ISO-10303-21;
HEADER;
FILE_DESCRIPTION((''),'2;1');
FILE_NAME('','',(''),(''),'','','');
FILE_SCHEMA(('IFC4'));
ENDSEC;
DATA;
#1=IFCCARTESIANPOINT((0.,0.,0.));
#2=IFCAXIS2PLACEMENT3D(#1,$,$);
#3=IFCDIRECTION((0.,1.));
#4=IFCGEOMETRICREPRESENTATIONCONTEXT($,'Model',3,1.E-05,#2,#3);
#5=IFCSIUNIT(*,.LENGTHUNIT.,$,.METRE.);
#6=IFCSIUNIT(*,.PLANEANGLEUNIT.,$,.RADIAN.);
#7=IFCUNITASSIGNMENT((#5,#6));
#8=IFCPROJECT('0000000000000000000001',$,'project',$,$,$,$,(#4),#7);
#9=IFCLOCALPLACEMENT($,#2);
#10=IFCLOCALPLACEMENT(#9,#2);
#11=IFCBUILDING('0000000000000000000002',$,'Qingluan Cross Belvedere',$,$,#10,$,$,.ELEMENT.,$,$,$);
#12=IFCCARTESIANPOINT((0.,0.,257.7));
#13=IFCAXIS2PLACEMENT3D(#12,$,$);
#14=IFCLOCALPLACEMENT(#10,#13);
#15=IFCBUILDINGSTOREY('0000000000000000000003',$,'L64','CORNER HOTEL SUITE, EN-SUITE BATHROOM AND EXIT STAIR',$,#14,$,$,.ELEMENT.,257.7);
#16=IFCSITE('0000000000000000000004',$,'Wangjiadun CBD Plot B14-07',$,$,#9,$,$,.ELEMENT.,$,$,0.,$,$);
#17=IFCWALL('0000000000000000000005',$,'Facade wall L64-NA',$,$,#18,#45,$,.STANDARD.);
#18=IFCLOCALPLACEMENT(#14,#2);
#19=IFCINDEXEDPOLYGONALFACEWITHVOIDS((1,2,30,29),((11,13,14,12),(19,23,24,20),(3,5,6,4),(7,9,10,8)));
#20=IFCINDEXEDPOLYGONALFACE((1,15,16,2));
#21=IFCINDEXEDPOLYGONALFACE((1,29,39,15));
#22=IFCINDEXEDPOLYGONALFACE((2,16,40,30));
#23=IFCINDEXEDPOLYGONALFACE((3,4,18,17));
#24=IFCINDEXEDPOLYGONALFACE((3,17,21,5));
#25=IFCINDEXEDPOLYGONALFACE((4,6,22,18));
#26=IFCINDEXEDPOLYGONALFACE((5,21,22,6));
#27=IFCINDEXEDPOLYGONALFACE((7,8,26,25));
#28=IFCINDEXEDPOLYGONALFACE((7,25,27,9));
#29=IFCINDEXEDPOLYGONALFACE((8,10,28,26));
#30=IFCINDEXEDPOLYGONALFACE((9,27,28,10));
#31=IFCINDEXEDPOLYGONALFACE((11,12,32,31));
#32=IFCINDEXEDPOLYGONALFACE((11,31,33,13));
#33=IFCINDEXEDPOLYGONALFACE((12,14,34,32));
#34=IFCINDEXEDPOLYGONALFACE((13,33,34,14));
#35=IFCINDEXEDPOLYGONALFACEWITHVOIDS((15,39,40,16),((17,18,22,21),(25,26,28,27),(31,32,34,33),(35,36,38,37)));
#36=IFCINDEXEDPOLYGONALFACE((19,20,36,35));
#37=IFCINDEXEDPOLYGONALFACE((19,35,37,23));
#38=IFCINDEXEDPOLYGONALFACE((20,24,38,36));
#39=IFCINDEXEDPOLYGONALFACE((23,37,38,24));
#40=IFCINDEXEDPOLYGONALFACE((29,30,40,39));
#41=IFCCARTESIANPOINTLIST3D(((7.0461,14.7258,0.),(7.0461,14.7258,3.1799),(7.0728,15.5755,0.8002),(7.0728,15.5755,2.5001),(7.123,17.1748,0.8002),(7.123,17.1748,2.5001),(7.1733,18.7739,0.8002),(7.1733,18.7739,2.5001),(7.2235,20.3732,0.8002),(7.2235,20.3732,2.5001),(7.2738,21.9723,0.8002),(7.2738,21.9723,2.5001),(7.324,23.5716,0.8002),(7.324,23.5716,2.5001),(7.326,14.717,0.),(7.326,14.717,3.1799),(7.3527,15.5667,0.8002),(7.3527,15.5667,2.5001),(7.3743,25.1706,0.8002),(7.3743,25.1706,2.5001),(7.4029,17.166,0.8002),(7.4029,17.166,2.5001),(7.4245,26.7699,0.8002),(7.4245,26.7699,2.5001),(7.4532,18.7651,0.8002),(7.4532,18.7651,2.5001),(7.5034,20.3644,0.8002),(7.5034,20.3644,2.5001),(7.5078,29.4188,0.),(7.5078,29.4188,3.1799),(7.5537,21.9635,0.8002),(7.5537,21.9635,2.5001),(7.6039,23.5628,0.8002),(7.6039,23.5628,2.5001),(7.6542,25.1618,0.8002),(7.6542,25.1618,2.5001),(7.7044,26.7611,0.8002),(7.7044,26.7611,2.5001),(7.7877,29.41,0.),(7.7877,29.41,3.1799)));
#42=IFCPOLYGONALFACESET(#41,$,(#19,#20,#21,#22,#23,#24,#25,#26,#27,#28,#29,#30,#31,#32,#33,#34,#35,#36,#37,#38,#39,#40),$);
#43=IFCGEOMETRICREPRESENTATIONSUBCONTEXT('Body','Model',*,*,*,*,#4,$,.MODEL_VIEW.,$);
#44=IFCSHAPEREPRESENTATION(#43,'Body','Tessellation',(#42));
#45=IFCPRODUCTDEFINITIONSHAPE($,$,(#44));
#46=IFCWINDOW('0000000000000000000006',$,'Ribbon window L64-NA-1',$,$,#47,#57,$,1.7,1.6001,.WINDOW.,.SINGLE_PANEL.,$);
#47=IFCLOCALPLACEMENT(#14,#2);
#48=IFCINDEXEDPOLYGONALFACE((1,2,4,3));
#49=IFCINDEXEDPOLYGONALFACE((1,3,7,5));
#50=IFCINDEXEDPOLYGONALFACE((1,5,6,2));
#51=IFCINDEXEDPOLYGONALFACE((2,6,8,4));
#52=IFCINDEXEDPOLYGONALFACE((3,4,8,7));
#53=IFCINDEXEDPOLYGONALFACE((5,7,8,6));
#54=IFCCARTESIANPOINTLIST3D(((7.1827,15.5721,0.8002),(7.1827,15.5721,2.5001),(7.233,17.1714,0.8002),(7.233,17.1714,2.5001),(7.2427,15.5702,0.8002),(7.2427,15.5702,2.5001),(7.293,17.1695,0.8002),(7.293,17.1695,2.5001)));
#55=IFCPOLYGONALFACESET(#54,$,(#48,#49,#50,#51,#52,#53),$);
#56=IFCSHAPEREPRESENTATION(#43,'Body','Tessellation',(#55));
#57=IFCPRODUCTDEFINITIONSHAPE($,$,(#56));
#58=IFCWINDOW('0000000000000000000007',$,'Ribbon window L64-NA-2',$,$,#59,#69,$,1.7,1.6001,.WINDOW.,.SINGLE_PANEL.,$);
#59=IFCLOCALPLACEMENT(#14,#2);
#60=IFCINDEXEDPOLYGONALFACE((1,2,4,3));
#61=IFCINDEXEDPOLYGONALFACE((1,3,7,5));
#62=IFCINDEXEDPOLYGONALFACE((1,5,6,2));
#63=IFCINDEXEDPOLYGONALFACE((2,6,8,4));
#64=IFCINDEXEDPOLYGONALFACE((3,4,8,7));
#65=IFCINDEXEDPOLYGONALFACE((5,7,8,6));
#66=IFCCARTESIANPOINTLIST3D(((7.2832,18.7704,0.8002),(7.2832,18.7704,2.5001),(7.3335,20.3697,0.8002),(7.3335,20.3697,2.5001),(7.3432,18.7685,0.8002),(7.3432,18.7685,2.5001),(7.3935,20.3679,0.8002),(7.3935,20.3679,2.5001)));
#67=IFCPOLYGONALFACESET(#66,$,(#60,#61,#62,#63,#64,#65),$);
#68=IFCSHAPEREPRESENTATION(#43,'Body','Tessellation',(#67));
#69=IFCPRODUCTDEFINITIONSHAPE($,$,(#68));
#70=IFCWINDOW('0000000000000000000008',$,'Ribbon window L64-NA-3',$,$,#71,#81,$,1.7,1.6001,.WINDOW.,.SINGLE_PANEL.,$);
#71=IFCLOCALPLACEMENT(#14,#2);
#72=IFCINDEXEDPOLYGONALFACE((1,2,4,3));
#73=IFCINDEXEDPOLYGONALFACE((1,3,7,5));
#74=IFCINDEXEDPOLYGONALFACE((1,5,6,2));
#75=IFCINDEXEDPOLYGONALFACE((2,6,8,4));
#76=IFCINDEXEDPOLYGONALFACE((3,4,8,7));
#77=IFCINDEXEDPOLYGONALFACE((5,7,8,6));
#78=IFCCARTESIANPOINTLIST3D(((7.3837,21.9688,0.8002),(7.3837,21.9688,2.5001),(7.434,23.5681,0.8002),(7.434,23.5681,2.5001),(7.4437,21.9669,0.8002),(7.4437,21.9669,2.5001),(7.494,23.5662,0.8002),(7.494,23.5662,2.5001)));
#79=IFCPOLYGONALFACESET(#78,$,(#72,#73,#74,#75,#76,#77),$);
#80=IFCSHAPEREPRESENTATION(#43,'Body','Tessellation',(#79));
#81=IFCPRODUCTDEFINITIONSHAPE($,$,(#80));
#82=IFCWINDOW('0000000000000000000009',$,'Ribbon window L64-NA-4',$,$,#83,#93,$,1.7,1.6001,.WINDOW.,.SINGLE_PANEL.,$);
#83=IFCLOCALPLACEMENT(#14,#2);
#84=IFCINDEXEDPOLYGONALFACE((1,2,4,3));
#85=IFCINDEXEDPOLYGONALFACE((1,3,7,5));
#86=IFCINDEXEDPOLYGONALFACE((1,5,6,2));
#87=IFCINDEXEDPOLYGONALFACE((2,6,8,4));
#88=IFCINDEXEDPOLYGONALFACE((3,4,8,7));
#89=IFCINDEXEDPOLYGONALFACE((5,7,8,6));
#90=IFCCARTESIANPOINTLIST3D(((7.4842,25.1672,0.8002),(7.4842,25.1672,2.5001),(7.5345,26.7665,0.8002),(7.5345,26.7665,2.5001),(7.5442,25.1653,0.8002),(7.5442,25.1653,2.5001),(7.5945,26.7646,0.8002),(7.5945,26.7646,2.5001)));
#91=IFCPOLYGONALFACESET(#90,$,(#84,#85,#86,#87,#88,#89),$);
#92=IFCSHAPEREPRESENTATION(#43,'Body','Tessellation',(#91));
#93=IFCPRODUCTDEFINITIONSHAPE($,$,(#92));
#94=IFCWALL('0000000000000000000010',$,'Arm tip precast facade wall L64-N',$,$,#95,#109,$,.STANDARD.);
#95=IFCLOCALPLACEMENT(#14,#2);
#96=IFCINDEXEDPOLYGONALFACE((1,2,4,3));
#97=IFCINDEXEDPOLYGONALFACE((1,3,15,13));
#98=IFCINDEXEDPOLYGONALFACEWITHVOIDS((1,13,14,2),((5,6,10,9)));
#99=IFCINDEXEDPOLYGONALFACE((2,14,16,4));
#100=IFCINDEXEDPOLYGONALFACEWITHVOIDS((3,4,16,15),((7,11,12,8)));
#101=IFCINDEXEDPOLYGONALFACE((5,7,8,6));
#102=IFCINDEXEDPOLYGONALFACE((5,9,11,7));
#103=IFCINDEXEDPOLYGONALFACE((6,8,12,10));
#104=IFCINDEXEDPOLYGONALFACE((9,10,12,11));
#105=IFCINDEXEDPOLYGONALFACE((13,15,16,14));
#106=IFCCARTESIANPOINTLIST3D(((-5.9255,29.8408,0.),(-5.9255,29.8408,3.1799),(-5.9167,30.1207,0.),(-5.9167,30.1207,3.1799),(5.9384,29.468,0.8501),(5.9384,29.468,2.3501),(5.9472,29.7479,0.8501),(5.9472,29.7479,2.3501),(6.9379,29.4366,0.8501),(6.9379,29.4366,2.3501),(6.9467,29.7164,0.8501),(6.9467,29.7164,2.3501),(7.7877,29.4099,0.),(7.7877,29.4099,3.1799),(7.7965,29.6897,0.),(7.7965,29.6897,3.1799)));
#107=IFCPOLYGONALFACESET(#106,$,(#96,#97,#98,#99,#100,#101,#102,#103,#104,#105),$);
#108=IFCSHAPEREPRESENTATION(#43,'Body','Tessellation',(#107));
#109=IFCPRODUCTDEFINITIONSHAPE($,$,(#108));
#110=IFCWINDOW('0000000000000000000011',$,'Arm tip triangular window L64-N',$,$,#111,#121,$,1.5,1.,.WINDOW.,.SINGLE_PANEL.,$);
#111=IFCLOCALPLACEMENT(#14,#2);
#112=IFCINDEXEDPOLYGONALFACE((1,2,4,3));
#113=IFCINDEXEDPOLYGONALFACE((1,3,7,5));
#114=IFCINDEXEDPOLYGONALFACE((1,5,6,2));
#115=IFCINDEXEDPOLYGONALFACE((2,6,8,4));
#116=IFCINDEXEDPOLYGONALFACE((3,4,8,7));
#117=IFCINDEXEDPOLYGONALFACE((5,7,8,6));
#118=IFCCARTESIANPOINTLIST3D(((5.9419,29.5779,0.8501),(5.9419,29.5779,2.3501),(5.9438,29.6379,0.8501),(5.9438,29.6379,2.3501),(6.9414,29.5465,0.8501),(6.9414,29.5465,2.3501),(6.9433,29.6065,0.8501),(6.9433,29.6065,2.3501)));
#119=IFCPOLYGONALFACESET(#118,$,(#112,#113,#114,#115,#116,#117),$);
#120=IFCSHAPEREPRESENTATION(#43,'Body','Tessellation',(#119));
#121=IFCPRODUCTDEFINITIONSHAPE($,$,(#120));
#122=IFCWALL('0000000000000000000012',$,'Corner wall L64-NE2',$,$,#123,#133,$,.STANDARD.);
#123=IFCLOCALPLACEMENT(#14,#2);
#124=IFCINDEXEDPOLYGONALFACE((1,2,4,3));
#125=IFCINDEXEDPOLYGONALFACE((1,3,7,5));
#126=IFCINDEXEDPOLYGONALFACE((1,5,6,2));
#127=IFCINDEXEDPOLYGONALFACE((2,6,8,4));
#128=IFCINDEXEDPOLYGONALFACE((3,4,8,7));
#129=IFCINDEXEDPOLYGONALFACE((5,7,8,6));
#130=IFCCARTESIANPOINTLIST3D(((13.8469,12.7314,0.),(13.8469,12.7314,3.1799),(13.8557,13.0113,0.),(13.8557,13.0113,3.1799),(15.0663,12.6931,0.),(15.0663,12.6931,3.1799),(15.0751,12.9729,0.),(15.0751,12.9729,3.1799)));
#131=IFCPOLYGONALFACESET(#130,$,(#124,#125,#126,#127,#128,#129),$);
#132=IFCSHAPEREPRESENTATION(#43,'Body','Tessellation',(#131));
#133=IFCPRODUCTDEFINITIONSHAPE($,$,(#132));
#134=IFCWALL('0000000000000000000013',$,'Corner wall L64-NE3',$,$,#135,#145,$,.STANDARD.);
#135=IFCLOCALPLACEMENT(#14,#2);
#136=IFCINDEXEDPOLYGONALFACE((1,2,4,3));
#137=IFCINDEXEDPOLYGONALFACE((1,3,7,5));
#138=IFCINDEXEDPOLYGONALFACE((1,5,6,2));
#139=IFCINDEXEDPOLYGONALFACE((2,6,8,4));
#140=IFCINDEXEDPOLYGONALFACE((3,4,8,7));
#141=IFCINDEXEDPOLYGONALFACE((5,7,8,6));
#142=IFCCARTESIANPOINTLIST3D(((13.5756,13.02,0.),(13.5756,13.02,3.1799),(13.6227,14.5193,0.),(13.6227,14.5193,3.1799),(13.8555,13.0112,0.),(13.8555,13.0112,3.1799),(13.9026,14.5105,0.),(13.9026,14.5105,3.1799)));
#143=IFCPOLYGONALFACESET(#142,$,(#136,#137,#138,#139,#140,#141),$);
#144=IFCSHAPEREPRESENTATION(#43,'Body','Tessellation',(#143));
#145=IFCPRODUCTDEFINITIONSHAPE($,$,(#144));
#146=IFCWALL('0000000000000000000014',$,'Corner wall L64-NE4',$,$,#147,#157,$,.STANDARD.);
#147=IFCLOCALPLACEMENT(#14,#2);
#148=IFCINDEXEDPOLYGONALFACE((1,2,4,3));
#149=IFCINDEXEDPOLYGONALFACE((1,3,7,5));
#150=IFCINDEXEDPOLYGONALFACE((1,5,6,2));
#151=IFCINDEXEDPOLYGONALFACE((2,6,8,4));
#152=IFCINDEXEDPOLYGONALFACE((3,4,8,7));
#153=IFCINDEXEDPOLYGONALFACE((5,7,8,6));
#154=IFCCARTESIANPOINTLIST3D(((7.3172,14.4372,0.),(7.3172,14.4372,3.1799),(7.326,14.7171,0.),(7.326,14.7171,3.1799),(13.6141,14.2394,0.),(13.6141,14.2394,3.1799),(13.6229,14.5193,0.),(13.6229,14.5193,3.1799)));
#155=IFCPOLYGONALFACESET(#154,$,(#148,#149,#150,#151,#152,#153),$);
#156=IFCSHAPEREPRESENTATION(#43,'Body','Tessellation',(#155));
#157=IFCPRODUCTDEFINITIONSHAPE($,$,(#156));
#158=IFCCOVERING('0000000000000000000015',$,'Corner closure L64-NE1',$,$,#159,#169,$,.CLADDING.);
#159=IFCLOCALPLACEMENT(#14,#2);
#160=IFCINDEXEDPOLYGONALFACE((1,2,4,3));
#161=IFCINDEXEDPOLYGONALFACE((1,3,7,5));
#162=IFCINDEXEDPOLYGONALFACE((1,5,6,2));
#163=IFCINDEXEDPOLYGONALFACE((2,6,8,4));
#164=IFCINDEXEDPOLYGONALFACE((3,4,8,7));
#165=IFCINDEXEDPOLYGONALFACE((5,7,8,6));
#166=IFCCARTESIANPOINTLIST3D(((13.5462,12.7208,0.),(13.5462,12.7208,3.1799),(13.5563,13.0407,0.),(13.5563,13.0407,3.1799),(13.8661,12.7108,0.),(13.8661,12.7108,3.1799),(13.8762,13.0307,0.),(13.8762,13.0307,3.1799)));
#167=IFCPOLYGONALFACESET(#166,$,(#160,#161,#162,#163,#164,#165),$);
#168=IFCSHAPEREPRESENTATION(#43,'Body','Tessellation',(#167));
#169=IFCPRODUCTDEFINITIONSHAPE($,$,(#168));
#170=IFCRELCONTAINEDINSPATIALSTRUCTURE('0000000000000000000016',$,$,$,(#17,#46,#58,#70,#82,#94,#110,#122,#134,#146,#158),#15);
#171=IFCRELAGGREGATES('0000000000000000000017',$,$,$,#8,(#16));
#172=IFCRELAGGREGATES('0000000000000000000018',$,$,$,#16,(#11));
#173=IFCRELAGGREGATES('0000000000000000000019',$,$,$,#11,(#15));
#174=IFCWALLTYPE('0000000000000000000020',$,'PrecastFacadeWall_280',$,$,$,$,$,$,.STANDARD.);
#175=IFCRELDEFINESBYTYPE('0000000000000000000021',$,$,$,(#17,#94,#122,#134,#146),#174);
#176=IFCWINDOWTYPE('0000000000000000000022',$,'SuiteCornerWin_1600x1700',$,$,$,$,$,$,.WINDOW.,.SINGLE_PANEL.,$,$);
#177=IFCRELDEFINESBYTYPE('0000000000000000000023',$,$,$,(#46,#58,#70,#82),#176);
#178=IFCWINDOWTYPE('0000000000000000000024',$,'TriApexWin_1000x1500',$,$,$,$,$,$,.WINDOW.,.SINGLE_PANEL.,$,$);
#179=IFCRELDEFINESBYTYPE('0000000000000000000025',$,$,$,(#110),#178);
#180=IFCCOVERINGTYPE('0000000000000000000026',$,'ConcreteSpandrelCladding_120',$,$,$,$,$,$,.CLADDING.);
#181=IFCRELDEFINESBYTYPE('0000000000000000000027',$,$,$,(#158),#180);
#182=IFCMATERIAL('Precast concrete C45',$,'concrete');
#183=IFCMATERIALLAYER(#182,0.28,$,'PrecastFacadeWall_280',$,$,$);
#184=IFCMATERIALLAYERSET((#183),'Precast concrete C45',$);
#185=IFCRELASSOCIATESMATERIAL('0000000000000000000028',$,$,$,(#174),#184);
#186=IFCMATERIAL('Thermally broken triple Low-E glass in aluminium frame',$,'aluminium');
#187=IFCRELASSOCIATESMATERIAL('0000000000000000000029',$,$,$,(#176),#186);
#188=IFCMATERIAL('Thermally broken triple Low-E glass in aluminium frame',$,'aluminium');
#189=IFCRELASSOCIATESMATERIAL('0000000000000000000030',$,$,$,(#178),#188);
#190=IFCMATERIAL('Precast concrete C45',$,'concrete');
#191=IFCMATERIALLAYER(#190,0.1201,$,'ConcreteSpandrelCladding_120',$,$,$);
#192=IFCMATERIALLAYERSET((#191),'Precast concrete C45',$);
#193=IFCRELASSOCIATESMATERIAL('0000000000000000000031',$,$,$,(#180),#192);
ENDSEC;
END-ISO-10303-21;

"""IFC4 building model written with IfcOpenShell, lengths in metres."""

from ifc_helpers import new_model, si_unit, direction, frame, frame_2d, origin, origin_2d, place, context, subcontext, project, spatial, rectangle, extrude, material, layer, layer_set, type_object, element, fill, save


model = new_model("IFC4")

# Units and contexts
model_context = context("Model", 3, precision=1e-05, world=origin(), true_north=direction((0.0, 1.0)))
body_context = subcontext(model_context, "Body", "Model", "MODEL_VIEW")
ifc_project = project(units=[si_unit("LENGTHUNIT", "METRE"), si_unit("PLANEANGLEUNIT", "RADIAN")], contexts=[model_context])

# Site, building, storey
site_placement = place(None, origin())
site = spatial("IfcSite", under=ifc_project, at=site_placement, Name="Wangjiadun CBD Plot B14-07", CompositionType="ELEMENT", RefElevation=0.0)
building_placement = place(site_placement, origin())
building = spatial("IfcBuilding", under=site, at=building_placement, Name="Qingluan Cross Belvedere", CompositionType="ELEMENT")
storey_placement = place(building_placement, frame((0.0, 0.0, 257.7)))
storey = spatial("IfcBuildingStorey", under=building, at=storey_placement, Name="L64", Description="CORNER HOTEL SUITE, EN-SUITE BATHROOM AND EXIT STAIR", CompositionType="ELEMENT", Elevation=257.7)

# Wall, openings, windows
ifc_material_1 = material(Name="Precast concrete C45", Category="concrete")
ifc_layer_1 = layer(ifc_material_1, 0.28, Name="PrecastFacadeWall_280")
ifc_layer_set_1 = layer_set([ifc_layer_1], Name="Precast concrete C45")
wall_type_1 = type_object("IfcWallType", Name="PrecastFacadeWall_280", PredefinedType="STANDARD", material=ifc_layer_set_1)
wall_1_placement = place(storey_placement, frame((7.186, 14.7214, 0.0), z_axis=(0.0, 0.0, 1.0), x_axis=(0.031406, 0.999507, 0.0)))
wall_1 = element("IfcWall", 1, at=wall_1_placement, inside=storey, type_object=wall_type_1, Name="Facade wall L64-NA", PredefinedType="STANDARD", context=body_context, shape_type="SweptSolid", body=[
    extrude(rectangle(XDim=14.7002, YDim=0.28, at=frame_2d((7.3501, 0.0))), origin(), (0.0, 0.0, 1.0), 3.1799),
])
opening_1_placement = place(wall_1_placement, frame((0.8501, 0.0, 0.8)))
opening_1 = element("IfcOpeningElement", 2, at=opening_1_placement, cuts=wall_1, PredefinedType="OPENING", context=body_context, shape_type="SweptSolid", body=[
    extrude(rectangle(XDim=1.6001, YDim=1.7, at=frame_2d((0.8, 0.8501))), frame((0.0, 0.1499, 0.0), z_axis=(0.0, -1.0, 0.0), x_axis=(1.0, 0.0, 0.0)), (0.0, 0.0, 1.0), 0.3),
])
opening_2_placement = place(wall_1_placement, frame((4.05, 0.0, 0.8)))
opening_2 = element("IfcOpeningElement", 3, at=opening_2_placement, cuts=wall_1, PredefinedType="OPENING", context=body_context, shape_type="SweptSolid", body=[
    extrude(rectangle(XDim=1.6001, YDim=1.7, at=frame_2d((0.8, 0.8501))), frame((0.0, 0.1499, 0.0), z_axis=(0.0, -1.0, 0.0), x_axis=(1.0, 0.0, 0.0)), (0.0, 0.0, 1.0), 0.3),
])
opening_3_placement = place(wall_1_placement, frame((7.25, 0.0, 0.8)))
opening_3 = element("IfcOpeningElement", 4, at=opening_3_placement, cuts=wall_1, PredefinedType="OPENING", context=body_context, shape_type="SweptSolid", body=[
    extrude(rectangle(XDim=1.6001, YDim=1.7, at=frame_2d((0.8, 0.8501))), frame((0.0, 0.1499, 0.0), z_axis=(0.0, -1.0, 0.0), x_axis=(1.0, 0.0, 0.0)), (0.0, 0.0, 1.0), 0.3),
])
opening_4_placement = place(wall_1_placement, frame((10.45, 0.0, 0.8)))
opening_4 = element("IfcOpeningElement", 5, at=opening_4_placement, cuts=wall_1, PredefinedType="OPENING", context=body_context, shape_type="SweptSolid", body=[
    extrude(rectangle(XDim=1.6001, YDim=1.7, at=frame_2d((0.8, 0.8501))), frame((0.0, 0.1499, 0.0), z_axis=(0.0, -1.0, 0.0), x_axis=(1.0, 0.0, 0.0)), (0.0, 0.0, 1.0), 0.3),
])
ifc_material_2 = material(Name="Thermally broken triple Low-E glass in aluminium frame", Category="aluminium")
window_type_1 = type_object("IfcWindowType", Name="SuiteCornerWin_1600x1700", PartitioningType="SINGLE_PANEL", PredefinedType="WINDOW", material=ifc_material_2)
window_1_placement = place(opening_1_placement, origin())
window_1 = element("IfcWindow", 6, at=window_1_placement, inside=storey, type_object=window_type_1, Name="Ribbon window L64-NA-1", OverallHeight=1.7, OverallWidth=1.6001, PartitioningType="SINGLE_PANEL", PredefinedType="WINDOW", context=body_context, shape_type="SweptSolid", body=[
    extrude(rectangle(XDim=1.6001, YDim=1.7, at=frame_2d((0.8, 0.8501))), frame((0.0, 0.03, 0.0), z_axis=(0.0, -1.0, 0.0), x_axis=(1.0, 0.0, 0.0)), (0.0, 0.0, 1.0), 0.0601),
])
fill(opening_1, window_1)
window_2_placement = place(opening_2_placement, origin())
window_2 = element("IfcWindow", 7, at=window_2_placement, inside=storey, type_object=window_type_1, Name="Ribbon window L64-NA-2", OverallHeight=1.7, OverallWidth=1.6001, PartitioningType="SINGLE_PANEL", PredefinedType="WINDOW", context=body_context, shape_type="SweptSolid", body=[
    extrude(rectangle(XDim=1.6001, YDim=1.7, at=frame_2d((0.8, 0.8501))), frame((0.0, 0.03, 0.0), z_axis=(0.0, -1.0, 0.0), x_axis=(1.0, 0.0, 0.0)), (0.0, 0.0, 1.0), 0.0601),
])
fill(opening_2, window_2)
window_3_placement = place(opening_3_placement, origin())
window_3 = element("IfcWindow", 8, at=window_3_placement, inside=storey, type_object=window_type_1, Name="Ribbon window L64-NA-3", OverallHeight=1.7, OverallWidth=1.6001, PartitioningType="SINGLE_PANEL", PredefinedType="WINDOW", context=body_context, shape_type="SweptSolid", body=[
    extrude(rectangle(XDim=1.6001, YDim=1.7, at=frame_2d((0.8, 0.8501))), frame((0.0, 0.03, 0.0), z_axis=(0.0, -1.0, 0.0), x_axis=(1.0, 0.0, 0.0)), (0.0, 0.0, 1.0), 0.0601),
])
fill(opening_3, window_3)
window_4_placement = place(opening_4_placement, origin())
window_4 = element("IfcWindow", 9, at=window_4_placement, inside=storey, type_object=window_type_1, Name="Ribbon window L64-NA-4", OverallHeight=1.7, OverallWidth=1.6001, PartitioningType="SINGLE_PANEL", PredefinedType="WINDOW", context=body_context, shape_type="SweptSolid", body=[
    extrude(rectangle(XDim=1.6001, YDim=1.7, at=frame_2d((0.8, 0.8501))), frame((0.0, 0.03, 0.0), z_axis=(0.0, -1.0, 0.0), x_axis=(1.0, 0.0, 0.0)), (0.0, 0.0, 1.0), 0.0601),
])
fill(opening_4, window_4)

# Wall, opening, window
wall_2_placement = place(storey_placement, frame((7.792, 29.5498, 0.0), z_axis=(0.0, 0.0, 1.0), x_axis=(-0.999507, 0.031408, 0.0)))
wall_2 = element("IfcWall", 10, at=wall_2_placement, inside=storey, type_object=wall_type_1, Name="Arm tip precast facade wall L64-N", PredefinedType="STANDARD", context=body_context, shape_type="SweptSolid", body=[
    extrude(rectangle(XDim=13.72, YDim=0.28, at=frame_2d((6.8599, 0.0))), origin(), (0.0, 0.0, 1.0), 3.1799),
])
opening_5_placement = place(wall_2_placement, frame((0.8501, 0.0, 0.8501)))
opening_5 = element("IfcOpeningElement", 11, at=opening_5_placement, cuts=wall_2, PredefinedType="OPENING", context=body_context, shape_type="SweptSolid", body=[
    extrude(rectangle(XDim=1.0, YDim=1.5, at=frame_2d((0.5, 0.75))), frame((0.0, 0.1499, 0.0), z_axis=(0.0, -1.0, 0.0), x_axis=(1.0, 0.0, 0.0)), (0.0, 0.0, 1.0), 0.3),
])
ifc_material_3 = material(Name="Thermally broken triple Low-E glass in aluminium frame", Category="aluminium")
window_type_2 = type_object("IfcWindowType", Name="TriApexWin_1000x1500", PartitioningType="SINGLE_PANEL", PredefinedType="WINDOW", material=ifc_material_3)
window_5_placement = place(opening_5_placement, origin())
window_5 = element("IfcWindow", 12, at=window_5_placement, inside=storey, type_object=window_type_2, Name="Arm tip triangular window L64-N", OverallHeight=1.5, OverallWidth=1.0, PartitioningType="SINGLE_PANEL", PredefinedType="WINDOW", context=body_context, shape_type="SweptSolid", body=[
    extrude(rectangle(XDim=1.0, YDim=1.5, at=frame_2d((0.5, 0.75))), frame((0.0, 0.03, 0.0), z_axis=(0.0, -1.0, 0.0), x_axis=(1.0, 0.0, 0.0)), (0.0, 0.0, 1.0), 0.0601),
])
fill(opening_5, window_5)

# Walls
wall_3_placement = place(storey_placement, frame((15.0706, 12.833, 0.0), z_axis=(0.0, 0.0, 1.0), x_axis=(-0.999506, 0.031416, 0.0)))
element("IfcWall", 13, at=wall_3_placement, inside=storey, type_object=wall_type_1, Name="Corner wall L64-NE2", PredefinedType="STANDARD", context=body_context, shape_type="SweptSolid", body=[
    extrude(rectangle(XDim=1.22, YDim=0.28, at=frame_2d((0.6099, 0.0))), origin(), (0.0, 0.0, 1.0), 3.1799),
])
wall_4_placement = place(storey_placement, frame((13.7156, 13.0156, 0.0), z_axis=(0.0, 0.0, 1.0), x_axis=(0.031413, 0.999507, 0.0)))
element("IfcWall", 14, at=wall_4_placement, inside=storey, type_object=wall_type_1, Name="Corner wall L64-NE3", PredefinedType="STANDARD", context=body_context, shape_type="SweptSolid", body=[
    extrude(rectangle(XDim=1.5, YDim=0.28, at=frame_2d((0.75, 0.0))), origin(), (0.0, 0.0, 1.0), 3.1799),
])
wall_5_placement = place(storey_placement, frame((13.6184, 14.3794, 0.0), z_axis=(0.0, 0.0, 1.0), x_axis=(-0.999507, 0.03139, 0.0)))
element("IfcWall", 15, at=wall_5_placement, inside=storey, type_object=wall_type_1, Name="Corner wall L64-NE4", PredefinedType="STANDARD", context=body_context, shape_type="SweptSolid", body=[
    extrude(rectangle(XDim=6.3, YDim=0.28, at=frame_2d((3.1499, 0.0))), origin(), (0.0, 0.0, 1.0), 3.1799),
])

# Covering
ifc_material_4 = material(Name="Precast concrete C45", Category="concrete")
ifc_layer_2 = layer(ifc_material_4, 0.1201, Name="ConcreteSpandrelCladding_120")
ifc_layer_set_2 = layer_set([ifc_layer_2], Name="Precast concrete C45")
covering_type = type_object("IfcCoveringType", Name="ConcreteSpandrelCladding_120", PredefinedType="CLADDING", material=ifc_layer_set_2)
for number, where, z_axis, x_axis, name in (
    (16, (13.7112, 12.8757, 0.0), (0.0, 0.0, 1.0), (0.999507, -0.031411, 0.0), "Corner closure L64-NE1"),
):
    element("IfcCovering", number, at=place(storey_placement, frame(where, z_axis=z_axis, x_axis=x_axis)), inside=storey, type_object=covering_type, Name=name, PredefinedType="CLADDING", context=body_context, shape_type="SweptSolid", body=[
        extrude(rectangle(XDim=0.3201, YDim=0.3201, at=origin_2d()), origin(), (0.0, 0.0, 1.0), 3.1799),
    ])

save(model, "model.ifc")
